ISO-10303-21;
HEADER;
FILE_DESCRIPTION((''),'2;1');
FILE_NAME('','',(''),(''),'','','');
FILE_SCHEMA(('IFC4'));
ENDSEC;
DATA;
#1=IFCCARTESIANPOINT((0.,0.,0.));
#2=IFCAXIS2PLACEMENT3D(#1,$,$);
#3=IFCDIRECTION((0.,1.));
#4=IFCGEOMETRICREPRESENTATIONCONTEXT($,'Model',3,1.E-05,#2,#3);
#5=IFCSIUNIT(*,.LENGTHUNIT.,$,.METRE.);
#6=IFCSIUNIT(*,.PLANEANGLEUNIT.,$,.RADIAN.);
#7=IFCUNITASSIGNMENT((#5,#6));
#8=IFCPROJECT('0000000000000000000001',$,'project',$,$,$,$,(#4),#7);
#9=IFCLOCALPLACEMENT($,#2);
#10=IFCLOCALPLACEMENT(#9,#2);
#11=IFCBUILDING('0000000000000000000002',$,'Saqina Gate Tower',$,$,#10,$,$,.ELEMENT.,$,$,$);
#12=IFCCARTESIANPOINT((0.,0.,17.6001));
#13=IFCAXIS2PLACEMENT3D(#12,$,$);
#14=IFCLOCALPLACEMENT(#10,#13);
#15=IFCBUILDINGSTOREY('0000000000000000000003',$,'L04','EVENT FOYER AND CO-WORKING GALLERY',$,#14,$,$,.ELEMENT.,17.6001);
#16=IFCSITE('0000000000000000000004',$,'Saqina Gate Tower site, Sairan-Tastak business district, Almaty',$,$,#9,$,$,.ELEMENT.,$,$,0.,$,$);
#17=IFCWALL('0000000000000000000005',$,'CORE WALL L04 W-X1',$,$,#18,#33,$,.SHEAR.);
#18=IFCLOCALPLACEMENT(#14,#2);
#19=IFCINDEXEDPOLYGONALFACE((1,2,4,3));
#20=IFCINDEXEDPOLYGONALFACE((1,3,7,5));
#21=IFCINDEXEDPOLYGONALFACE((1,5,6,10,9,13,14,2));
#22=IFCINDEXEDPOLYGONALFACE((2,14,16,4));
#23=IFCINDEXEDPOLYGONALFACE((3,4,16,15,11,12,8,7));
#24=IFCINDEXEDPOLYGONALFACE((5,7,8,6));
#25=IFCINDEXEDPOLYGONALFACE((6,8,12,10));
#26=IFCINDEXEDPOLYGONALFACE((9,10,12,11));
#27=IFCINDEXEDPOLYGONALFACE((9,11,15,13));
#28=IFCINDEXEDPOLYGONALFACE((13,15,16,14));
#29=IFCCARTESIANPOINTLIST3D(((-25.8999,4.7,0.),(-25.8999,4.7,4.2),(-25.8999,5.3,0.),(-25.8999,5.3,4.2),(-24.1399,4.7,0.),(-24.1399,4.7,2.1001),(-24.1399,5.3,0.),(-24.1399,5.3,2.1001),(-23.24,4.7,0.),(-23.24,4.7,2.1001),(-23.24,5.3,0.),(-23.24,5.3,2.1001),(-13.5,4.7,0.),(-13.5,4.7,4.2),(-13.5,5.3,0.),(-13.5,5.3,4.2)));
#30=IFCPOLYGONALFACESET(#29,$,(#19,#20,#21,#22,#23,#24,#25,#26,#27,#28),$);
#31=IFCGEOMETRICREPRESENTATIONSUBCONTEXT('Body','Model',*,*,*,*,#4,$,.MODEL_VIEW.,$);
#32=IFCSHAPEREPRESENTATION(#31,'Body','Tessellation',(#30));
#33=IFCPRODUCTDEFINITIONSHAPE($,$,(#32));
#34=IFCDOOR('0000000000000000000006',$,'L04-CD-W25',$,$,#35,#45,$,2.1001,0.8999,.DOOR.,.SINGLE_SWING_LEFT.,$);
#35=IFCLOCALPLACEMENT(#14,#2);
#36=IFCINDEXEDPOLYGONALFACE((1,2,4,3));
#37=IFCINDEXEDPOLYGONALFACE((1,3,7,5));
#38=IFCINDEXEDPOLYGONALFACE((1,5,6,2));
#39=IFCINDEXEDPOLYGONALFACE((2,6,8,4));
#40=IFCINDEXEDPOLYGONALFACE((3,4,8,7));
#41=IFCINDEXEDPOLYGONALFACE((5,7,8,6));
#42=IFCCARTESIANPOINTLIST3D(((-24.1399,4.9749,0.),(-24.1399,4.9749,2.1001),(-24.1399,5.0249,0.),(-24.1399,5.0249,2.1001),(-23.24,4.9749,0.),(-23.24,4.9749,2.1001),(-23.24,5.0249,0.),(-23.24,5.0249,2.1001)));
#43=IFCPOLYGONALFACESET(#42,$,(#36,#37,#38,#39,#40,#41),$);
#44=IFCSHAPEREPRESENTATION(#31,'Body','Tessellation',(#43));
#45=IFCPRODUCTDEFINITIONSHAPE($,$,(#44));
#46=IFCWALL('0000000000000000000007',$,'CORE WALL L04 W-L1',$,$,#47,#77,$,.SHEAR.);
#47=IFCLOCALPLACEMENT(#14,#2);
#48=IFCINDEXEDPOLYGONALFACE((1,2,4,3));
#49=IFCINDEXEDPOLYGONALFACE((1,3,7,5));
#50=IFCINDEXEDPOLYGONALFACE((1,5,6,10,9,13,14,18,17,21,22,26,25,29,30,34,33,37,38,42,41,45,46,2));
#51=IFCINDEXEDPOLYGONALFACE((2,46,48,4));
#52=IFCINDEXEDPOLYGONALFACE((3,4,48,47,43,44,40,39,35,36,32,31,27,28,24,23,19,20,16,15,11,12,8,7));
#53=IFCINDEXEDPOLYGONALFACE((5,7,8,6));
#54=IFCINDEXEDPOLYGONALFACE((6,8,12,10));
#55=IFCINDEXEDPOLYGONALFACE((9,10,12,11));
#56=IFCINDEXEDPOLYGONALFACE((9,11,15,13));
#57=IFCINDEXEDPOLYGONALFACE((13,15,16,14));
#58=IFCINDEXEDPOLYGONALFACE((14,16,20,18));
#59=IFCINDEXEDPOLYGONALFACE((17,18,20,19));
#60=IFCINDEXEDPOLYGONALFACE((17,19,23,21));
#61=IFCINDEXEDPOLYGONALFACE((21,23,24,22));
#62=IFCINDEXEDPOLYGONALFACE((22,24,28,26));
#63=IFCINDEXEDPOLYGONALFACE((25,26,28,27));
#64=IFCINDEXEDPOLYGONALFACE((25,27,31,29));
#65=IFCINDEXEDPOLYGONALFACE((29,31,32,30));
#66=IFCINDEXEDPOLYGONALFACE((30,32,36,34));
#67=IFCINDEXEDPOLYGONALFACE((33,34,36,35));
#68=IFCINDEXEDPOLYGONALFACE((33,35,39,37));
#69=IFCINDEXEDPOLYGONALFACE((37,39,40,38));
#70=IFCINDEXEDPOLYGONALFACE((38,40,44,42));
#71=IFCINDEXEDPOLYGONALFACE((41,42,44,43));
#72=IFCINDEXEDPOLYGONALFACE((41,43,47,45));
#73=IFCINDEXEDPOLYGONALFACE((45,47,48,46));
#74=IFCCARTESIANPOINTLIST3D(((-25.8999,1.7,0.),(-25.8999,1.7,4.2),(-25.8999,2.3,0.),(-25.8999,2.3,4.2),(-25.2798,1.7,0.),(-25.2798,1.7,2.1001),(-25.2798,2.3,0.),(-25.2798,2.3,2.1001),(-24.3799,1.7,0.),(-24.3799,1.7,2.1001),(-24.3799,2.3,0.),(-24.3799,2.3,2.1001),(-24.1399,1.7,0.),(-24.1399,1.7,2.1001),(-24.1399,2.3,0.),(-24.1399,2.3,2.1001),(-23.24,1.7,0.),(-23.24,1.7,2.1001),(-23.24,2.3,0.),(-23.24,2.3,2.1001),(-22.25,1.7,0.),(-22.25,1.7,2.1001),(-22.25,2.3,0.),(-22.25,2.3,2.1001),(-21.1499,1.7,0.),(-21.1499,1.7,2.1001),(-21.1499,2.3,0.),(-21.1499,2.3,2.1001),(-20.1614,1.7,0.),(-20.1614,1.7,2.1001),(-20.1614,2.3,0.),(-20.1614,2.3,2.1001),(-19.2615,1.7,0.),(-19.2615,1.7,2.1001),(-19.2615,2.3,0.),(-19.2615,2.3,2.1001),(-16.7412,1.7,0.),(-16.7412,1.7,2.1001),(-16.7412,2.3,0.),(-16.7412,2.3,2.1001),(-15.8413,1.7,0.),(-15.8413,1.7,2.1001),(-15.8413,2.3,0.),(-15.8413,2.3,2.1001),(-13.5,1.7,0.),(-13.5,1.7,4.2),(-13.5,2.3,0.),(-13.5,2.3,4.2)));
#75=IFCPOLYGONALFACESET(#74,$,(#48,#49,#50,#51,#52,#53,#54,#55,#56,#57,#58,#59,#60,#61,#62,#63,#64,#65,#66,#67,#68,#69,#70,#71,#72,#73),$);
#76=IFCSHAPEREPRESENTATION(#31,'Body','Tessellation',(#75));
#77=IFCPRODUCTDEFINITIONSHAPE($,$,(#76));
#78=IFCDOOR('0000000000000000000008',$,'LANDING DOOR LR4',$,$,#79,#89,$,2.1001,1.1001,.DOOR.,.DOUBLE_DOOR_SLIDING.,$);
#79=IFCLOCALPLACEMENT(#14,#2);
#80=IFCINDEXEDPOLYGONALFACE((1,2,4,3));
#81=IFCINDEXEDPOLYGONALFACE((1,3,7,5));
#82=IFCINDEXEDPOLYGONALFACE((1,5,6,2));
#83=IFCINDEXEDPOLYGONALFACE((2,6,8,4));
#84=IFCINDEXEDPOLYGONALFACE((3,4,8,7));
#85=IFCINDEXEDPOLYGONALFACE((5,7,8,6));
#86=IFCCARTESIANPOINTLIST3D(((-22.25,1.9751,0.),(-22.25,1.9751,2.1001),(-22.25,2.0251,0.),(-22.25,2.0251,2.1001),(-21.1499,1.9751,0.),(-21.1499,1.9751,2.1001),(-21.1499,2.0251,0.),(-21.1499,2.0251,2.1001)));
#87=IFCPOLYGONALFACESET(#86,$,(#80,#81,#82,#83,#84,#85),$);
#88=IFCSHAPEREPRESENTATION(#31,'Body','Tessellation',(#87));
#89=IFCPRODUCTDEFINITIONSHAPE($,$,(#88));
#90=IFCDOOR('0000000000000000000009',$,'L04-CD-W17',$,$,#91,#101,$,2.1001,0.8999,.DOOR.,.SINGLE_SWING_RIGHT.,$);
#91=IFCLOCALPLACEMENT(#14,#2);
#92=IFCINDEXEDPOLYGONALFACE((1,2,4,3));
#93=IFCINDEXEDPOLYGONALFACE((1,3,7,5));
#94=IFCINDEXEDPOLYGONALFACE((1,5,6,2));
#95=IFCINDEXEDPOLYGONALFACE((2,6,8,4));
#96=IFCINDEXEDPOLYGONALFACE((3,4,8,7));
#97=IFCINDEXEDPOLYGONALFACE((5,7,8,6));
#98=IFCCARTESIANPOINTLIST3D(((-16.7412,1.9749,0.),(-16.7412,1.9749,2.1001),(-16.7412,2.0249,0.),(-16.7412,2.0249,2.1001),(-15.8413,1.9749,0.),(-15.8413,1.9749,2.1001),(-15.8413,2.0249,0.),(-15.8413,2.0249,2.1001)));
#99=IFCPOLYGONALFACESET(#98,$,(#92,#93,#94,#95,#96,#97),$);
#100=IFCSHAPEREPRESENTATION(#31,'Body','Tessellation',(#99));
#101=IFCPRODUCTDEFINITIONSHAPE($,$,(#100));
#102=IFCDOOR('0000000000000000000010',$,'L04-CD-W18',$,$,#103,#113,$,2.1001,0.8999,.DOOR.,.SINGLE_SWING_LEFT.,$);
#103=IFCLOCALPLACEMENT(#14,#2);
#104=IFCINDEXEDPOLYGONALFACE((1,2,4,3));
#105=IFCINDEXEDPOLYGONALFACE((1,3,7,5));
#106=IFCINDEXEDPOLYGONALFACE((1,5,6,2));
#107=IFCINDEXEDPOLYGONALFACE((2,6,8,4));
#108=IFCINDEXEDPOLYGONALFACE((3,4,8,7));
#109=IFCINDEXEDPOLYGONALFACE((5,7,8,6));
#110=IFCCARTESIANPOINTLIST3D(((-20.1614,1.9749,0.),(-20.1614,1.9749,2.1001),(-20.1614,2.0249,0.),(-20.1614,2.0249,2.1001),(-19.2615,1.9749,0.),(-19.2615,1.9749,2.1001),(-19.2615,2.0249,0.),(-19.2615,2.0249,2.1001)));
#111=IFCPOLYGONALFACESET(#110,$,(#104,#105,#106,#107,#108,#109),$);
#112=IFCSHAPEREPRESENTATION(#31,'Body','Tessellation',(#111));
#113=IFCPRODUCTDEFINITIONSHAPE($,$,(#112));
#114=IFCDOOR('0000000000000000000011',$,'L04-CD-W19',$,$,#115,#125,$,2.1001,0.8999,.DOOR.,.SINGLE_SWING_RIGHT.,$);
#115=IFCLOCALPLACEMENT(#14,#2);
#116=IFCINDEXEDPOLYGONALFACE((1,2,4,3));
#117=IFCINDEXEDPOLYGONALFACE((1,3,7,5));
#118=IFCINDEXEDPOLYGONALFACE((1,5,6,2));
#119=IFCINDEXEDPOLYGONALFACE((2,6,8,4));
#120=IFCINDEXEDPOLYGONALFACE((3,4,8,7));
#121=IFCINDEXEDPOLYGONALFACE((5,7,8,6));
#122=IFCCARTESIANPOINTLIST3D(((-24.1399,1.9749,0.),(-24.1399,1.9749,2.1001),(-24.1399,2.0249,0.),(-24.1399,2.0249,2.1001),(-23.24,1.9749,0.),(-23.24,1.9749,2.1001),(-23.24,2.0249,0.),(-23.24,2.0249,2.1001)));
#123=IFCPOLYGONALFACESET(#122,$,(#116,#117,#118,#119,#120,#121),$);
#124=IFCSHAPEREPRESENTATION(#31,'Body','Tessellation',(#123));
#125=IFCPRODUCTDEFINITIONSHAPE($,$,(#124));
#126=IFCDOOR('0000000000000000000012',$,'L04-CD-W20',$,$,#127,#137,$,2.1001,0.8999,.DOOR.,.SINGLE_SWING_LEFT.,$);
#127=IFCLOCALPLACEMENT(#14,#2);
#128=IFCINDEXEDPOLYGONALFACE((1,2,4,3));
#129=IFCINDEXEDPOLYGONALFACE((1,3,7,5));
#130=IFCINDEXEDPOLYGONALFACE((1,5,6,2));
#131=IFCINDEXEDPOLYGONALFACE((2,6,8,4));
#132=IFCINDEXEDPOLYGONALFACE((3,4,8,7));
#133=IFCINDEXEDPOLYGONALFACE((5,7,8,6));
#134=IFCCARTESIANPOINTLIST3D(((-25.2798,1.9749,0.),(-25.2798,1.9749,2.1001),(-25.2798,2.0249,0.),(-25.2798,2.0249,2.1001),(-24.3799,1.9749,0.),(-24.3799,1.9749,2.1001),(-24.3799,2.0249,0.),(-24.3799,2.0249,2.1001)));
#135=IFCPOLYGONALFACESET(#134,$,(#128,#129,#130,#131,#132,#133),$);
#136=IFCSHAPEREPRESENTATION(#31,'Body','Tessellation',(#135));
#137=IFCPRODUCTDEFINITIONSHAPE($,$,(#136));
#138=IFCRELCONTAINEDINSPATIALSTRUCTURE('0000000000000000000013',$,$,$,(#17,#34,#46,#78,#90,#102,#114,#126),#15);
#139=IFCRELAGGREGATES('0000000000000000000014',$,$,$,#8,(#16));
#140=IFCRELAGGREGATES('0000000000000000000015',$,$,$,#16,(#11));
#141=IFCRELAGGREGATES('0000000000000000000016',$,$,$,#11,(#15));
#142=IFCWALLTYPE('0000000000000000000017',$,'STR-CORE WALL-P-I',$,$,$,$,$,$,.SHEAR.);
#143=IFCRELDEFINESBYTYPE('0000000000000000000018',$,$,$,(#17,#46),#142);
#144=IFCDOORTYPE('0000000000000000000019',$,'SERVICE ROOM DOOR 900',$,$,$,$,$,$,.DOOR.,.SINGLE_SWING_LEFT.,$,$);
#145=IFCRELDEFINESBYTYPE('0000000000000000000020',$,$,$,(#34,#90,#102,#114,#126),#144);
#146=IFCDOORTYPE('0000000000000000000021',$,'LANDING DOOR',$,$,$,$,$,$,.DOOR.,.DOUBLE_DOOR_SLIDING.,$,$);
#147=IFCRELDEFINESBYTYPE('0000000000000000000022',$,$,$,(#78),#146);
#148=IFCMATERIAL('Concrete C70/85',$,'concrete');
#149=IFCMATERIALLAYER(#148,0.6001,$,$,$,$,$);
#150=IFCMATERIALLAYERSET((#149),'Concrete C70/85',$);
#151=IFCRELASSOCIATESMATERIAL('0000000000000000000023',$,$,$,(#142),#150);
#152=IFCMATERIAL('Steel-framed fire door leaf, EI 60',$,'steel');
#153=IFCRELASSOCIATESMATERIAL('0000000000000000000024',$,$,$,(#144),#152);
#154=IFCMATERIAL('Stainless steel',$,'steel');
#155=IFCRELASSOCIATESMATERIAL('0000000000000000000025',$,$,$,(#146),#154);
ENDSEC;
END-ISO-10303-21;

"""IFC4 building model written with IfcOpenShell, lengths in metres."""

from ifc_helpers import new_model, si_unit, direction, frame, frame_2d, origin, place, context, subcontext, project, spatial, rectangle, extrude, material, layer, layer_set, type_object, element, fill, save


model = new_model("IFC4")

# Units and contexts
model_context = context("Model", 3, precision=1e-05, world=origin(), true_north=direction((0.0, 1.0)))
body_context = subcontext(model_context, "Body", "Model", "MODEL_VIEW")
ifc_project = project(units=[si_unit("LENGTHUNIT", "METRE"), si_unit("PLANEANGLEUNIT", "RADIAN")], contexts=[model_context])

# Site, building, storey
site_placement = place(None, origin())
site = spatial("IfcSite", under=ifc_project, at=site_placement, Name="Saqina Gate Tower site, Sairan-Tastak business district, Almaty", CompositionType="ELEMENT", RefElevation=0.0)
building_placement = place(site_placement, origin())
building = spatial("IfcBuilding", under=site, at=building_placement, Name="Saqina Gate Tower", CompositionType="ELEMENT")
storey_placement = place(building_placement, frame((0.0, 0.0, 17.6001)))
storey = spatial("IfcBuildingStorey", under=building, at=storey_placement, Name="L04", Description="EVENT FOYER AND CO-WORKING GALLERY", CompositionType="ELEMENT", Elevation=17.6001)

# Wall, opening, door
ifc_material_1 = material(Name="Concrete C70/85", Category="concrete")
ifc_layer_1 = layer(ifc_material_1, 0.6001)
ifc_layer_set_1 = layer_set([ifc_layer_1], Name="Concrete C70/85")
wall_type_1 = type_object("IfcWallType", Name="STR-CORE WALL-P-I", PredefinedType="SHEAR", material=ifc_layer_set_1)
wall_1_placement = place(storey_placement, frame((-13.5, 5.0, 0.0), z_axis=(0.0, 0.0, 1.0), x_axis=(-1.0, 0.0, 0.0)))
wall_1 = element("IfcWall", 1, at=wall_1_placement, inside=storey, type_object=wall_type_1, Name="CORE WALL L04 W-X1", PredefinedType="SHEAR", context=body_context, shape_type="SweptSolid", body=[
    extrude(rectangle(XDim=12.3999, YDim=0.6001, at=frame_2d((6.2, 0.0))), origin(), (0.0, 0.0, 1.0), 4.2),
])
opening_1_placement = place(wall_1_placement, frame((9.74, 0.0, 0.0)))
opening_1 = element("IfcOpeningElement", 2, at=opening_1_placement, cuts=wall_1, PredefinedType="OPENING", context=body_context, shape_type="SweptSolid", body=[
    extrude(rectangle(XDim=0.8999, YDim=2.1001, at=frame_2d((0.45, 1.05))), frame((0.0, 0.312, 0.0), z_axis=(0.0, -1.0, 0.0), x_axis=(1.0, 0.0, 0.0)), (0.0, 0.0, 1.0), 0.624),
])
ifc_material_2 = material(Name="Steel-framed fire door leaf, EI 60", Category="steel")
door_type_1 = type_object("IfcDoorType", Name="SERVICE ROOM DOOR 900", OperationType="SINGLE_SWING_LEFT", PredefinedType="DOOR", material=ifc_material_2)
door_1_placement = place(opening_1_placement, frame((0.8999, 0.0, 0.0), z_axis=(0.0, 0.0, 1.0), x_axis=(-1.0, 0.0, 0.0)))
door_1 = element("IfcDoor", 3, at=door_1_placement, inside=storey, type_object=door_type_1, Name="L04-CD-W25", OperationType="SINGLE_SWING_LEFT", OverallHeight=2.1001, OverallWidth=0.8999, PredefinedType="DOOR", context=body_context, shape_type="SweptSolid", body=[
    extrude(rectangle(XDim=0.8999, YDim=2.1001, at=frame_2d((0.45, 1.05))), frame((0.0, 0.0249, 0.0), z_axis=(0.0, -1.0, 0.0), x_axis=(1.0, 0.0, 0.0)), (0.0, 0.0, 1.0), 0.05),
])
fill(opening_1, door_1)

# Wall, openings, doors
wall_2_placement = place(storey_placement, frame((-13.5, 2.0, 0.0), z_axis=(0.0, 0.0, 1.0), x_axis=(-1.0, 0.0, 0.0)))
wall_2 = element("IfcWall", 4, at=wall_2_placement, inside=storey, type_object=wall_type_1, Name="CORE WALL L04 W-L1", PredefinedType="SHEAR", context=body_context, shape_type="SweptSolid", body=[
    extrude(rectangle(XDim=12.3999, YDim=0.6001, at=frame_2d((6.2, 0.0))), origin(), (0.0, 0.0, 1.0), 4.2),
])
opening_2_placement = place(wall_2_placement, frame((7.6499, 0.0, 0.0)))
opening_2 = element("IfcOpeningElement", 5, at=opening_2_placement, cuts=wall_2, PredefinedType="OPENING", context=body_context, shape_type="SweptSolid", body=[
    extrude(rectangle(XDim=1.1001, YDim=2.1001, at=frame_2d((0.55, 1.05))), frame((0.0, 0.312, 0.0), z_axis=(0.0, -1.0, 0.0), x_axis=(1.0, 0.0, 0.0)), (0.0, 0.0, 1.0), 0.624),
])
opening_3_placement = place(wall_2_placement, frame((2.3413, 0.0, 0.0)))
opening_3 = element("IfcOpeningElement", 6, at=opening_3_placement, cuts=wall_2, PredefinedType="OPENING", context=body_context, shape_type="SweptSolid", body=[
    extrude(rectangle(XDim=0.8999, YDim=2.1001, at=frame_2d((0.45, 1.05))), frame((0.0, 0.312, 0.0), z_axis=(0.0, -1.0, 0.0), x_axis=(1.0, 0.0, 0.0)), (0.0, 0.0, 1.0), 0.624),
])
opening_4_placement = place(wall_2_placement, frame((5.7615, 0.0, 0.0)))
opening_4 = element("IfcOpeningElement", 7, at=opening_4_placement, cuts=wall_2, PredefinedType="OPENING", context=body_context, shape_type="SweptSolid", body=[
    extrude(rectangle(XDim=0.8999, YDim=2.1001, at=frame_2d((0.45, 1.05))), frame((0.0, 0.312, 0.0), z_axis=(0.0, -1.0, 0.0), x_axis=(1.0, 0.0, 0.0)), (0.0, 0.0, 1.0), 0.624),
])
opening_5_placement = place(wall_2_placement, frame((9.74, 0.0, 0.0)))
opening_5 = element("IfcOpeningElement", 8, at=opening_5_placement, cuts=wall_2, PredefinedType="OPENING", context=body_context, shape_type="SweptSolid", body=[
    extrude(rectangle(XDim=0.8999, YDim=2.1001, at=frame_2d((0.45, 1.05))), frame((0.0, 0.312, 0.0), z_axis=(0.0, -1.0, 0.0), x_axis=(1.0, 0.0, 0.0)), (0.0, 0.0, 1.0), 0.624),
])
opening_6_placement = place(wall_2_placement, frame((10.8799, 0.0, 0.0)))
opening_6 = element("IfcOpeningElement", 9, at=opening_6_placement, cuts=wall_2, PredefinedType="OPENING", context=body_context, shape_type="SweptSolid", body=[
    extrude(rectangle(XDim=0.8999, YDim=2.1001, at=frame_2d((0.45, 1.05))), frame((0.0, 0.312, 0.0), z_axis=(0.0, -1.0, 0.0), x_axis=(1.0, 0.0, 0.0)), (0.0, 0.0, 1.0), 0.624),
])
ifc_material_3 = material(Name="Stainless steel", Category="steel")
door_type_2 = type_object("IfcDoorType", Name="LANDING DOOR", OperationType="DOUBLE_DOOR_SLIDING", PredefinedType="DOOR", material=ifc_material_3)
door_2_placement = place(opening_2_placement, origin())
door_2 = element("IfcDoor", 10, at=door_2_placement, inside=storey, type_object=door_type_2, Name="LANDING DOOR LR4", OperationType="DOUBLE_DOOR_SLIDING", OverallHeight=2.1001, OverallWidth=1.1001, PredefinedType="DOOR", context=body_context, shape_type="SweptSolid", body=[
    extrude(rectangle(XDim=1.1001, YDim=2.1001, at=frame_2d((0.55, 1.05))), frame((0.0, 0.0249, 0.0), z_axis=(0.0, -1.0, 0.0), x_axis=(1.0, 0.0, 0.0)), (0.0, 0.0, 1.0), 0.05),
])
fill(opening_2, door_2)
door_3_placement = place(opening_3_placement, frame((0.8999, 0.0, 0.0), z_axis=(0.0, 0.0, 1.0), x_axis=(-1.0, 0.0, 0.0)))
door_3 = element("IfcDoor", 11, at=door_3_placement, inside=storey, type_object=door_type_1, Name="L04-CD-W17", OperationType="SINGLE_SWING_RIGHT", OverallHeight=2.1001, OverallWidth=0.8999, PredefinedType="DOOR", context=body_context, shape_type="SweptSolid", body=[
    extrude(rectangle(XDim=0.8999, YDim=2.1001, at=frame_2d((0.45, 1.05))), frame((0.0, 0.0249, 0.0), z_axis=(0.0, -1.0, 0.0), x_axis=(1.0, 0.0, 0.0)), (0.0, 0.0, 1.0), 0.05),
])
fill(opening_3, door_3)
door_4_placement = place(opening_4_placement, frame((0.8999, 0.0, 0.0), z_axis=(0.0, 0.0, 1.0), x_axis=(-1.0, 0.0, 0.0)))
door_4 = element("IfcDoor", 12, at=door_4_placement, inside=storey, type_object=door_type_1, Name="L04-CD-W18", OperationType="SINGLE_SWING_LEFT", OverallHeight=2.1001, OverallWidth=0.8999, PredefinedType="DOOR", context=body_context, shape_type="SweptSolid", body=[
    extrude(rectangle(XDim=0.8999, YDim=2.1001, at=frame_2d((0.45, 1.05))), frame((0.0, 0.0249, 0.0), z_axis=(0.0, -1.0, 0.0), x_axis=(1.0, 0.0, 0.0)), (0.0, 0.0, 1.0), 0.05),
])
fill(opening_4, door_4)
door_5_placement = place(opening_5_placement, frame((0.8999, 0.0, 0.0), z_axis=(0.0, 0.0, 1.0), x_axis=(-1.0, 0.0, 0.0)))
door_5 = element("IfcDoor", 13, at=door_5_placement, inside=storey, type_object=door_type_1, Name="L04-CD-W19", OperationType="SINGLE_SWING_RIGHT", OverallHeight=2.1001, OverallWidth=0.8999, PredefinedType="DOOR", context=body_context, shape_type="SweptSolid", body=[
    extrude(rectangle(XDim=0.8999, YDim=2.1001, at=frame_2d((0.45, 1.05))), frame((0.0, 0.0249, 0.0), z_axis=(0.0, -1.0, 0.0), x_axis=(1.0, 0.0, 0.0)), (0.0, 0.0, 1.0), 0.05),
])
fill(opening_5, door_5)
door_6_placement = place(opening_6_placement, frame((0.8999, 0.0, 0.0), z_axis=(0.0, 0.0, 1.0), x_axis=(-1.0, 0.0, 0.0)))
door_6 = element("IfcDoor", 14, at=door_6_placement, inside=storey, type_object=door_type_1, Name="L04-CD-W20", OperationType="SINGLE_SWING_LEFT", OverallHeight=2.1001, OverallWidth=0.8999, PredefinedType="DOOR", context=body_context, shape_type="SweptSolid", body=[
    extrude(rectangle(XDim=0.8999, YDim=2.1001, at=frame_2d((0.45, 1.05))), frame((0.0, 0.0249, 0.0), z_axis=(0.0, -1.0, 0.0), x_axis=(1.0, 0.0, 0.0)), (0.0, 0.0, 1.0), 0.05),
])
fill(opening_6, door_6)

save(model, "model.ifc")
